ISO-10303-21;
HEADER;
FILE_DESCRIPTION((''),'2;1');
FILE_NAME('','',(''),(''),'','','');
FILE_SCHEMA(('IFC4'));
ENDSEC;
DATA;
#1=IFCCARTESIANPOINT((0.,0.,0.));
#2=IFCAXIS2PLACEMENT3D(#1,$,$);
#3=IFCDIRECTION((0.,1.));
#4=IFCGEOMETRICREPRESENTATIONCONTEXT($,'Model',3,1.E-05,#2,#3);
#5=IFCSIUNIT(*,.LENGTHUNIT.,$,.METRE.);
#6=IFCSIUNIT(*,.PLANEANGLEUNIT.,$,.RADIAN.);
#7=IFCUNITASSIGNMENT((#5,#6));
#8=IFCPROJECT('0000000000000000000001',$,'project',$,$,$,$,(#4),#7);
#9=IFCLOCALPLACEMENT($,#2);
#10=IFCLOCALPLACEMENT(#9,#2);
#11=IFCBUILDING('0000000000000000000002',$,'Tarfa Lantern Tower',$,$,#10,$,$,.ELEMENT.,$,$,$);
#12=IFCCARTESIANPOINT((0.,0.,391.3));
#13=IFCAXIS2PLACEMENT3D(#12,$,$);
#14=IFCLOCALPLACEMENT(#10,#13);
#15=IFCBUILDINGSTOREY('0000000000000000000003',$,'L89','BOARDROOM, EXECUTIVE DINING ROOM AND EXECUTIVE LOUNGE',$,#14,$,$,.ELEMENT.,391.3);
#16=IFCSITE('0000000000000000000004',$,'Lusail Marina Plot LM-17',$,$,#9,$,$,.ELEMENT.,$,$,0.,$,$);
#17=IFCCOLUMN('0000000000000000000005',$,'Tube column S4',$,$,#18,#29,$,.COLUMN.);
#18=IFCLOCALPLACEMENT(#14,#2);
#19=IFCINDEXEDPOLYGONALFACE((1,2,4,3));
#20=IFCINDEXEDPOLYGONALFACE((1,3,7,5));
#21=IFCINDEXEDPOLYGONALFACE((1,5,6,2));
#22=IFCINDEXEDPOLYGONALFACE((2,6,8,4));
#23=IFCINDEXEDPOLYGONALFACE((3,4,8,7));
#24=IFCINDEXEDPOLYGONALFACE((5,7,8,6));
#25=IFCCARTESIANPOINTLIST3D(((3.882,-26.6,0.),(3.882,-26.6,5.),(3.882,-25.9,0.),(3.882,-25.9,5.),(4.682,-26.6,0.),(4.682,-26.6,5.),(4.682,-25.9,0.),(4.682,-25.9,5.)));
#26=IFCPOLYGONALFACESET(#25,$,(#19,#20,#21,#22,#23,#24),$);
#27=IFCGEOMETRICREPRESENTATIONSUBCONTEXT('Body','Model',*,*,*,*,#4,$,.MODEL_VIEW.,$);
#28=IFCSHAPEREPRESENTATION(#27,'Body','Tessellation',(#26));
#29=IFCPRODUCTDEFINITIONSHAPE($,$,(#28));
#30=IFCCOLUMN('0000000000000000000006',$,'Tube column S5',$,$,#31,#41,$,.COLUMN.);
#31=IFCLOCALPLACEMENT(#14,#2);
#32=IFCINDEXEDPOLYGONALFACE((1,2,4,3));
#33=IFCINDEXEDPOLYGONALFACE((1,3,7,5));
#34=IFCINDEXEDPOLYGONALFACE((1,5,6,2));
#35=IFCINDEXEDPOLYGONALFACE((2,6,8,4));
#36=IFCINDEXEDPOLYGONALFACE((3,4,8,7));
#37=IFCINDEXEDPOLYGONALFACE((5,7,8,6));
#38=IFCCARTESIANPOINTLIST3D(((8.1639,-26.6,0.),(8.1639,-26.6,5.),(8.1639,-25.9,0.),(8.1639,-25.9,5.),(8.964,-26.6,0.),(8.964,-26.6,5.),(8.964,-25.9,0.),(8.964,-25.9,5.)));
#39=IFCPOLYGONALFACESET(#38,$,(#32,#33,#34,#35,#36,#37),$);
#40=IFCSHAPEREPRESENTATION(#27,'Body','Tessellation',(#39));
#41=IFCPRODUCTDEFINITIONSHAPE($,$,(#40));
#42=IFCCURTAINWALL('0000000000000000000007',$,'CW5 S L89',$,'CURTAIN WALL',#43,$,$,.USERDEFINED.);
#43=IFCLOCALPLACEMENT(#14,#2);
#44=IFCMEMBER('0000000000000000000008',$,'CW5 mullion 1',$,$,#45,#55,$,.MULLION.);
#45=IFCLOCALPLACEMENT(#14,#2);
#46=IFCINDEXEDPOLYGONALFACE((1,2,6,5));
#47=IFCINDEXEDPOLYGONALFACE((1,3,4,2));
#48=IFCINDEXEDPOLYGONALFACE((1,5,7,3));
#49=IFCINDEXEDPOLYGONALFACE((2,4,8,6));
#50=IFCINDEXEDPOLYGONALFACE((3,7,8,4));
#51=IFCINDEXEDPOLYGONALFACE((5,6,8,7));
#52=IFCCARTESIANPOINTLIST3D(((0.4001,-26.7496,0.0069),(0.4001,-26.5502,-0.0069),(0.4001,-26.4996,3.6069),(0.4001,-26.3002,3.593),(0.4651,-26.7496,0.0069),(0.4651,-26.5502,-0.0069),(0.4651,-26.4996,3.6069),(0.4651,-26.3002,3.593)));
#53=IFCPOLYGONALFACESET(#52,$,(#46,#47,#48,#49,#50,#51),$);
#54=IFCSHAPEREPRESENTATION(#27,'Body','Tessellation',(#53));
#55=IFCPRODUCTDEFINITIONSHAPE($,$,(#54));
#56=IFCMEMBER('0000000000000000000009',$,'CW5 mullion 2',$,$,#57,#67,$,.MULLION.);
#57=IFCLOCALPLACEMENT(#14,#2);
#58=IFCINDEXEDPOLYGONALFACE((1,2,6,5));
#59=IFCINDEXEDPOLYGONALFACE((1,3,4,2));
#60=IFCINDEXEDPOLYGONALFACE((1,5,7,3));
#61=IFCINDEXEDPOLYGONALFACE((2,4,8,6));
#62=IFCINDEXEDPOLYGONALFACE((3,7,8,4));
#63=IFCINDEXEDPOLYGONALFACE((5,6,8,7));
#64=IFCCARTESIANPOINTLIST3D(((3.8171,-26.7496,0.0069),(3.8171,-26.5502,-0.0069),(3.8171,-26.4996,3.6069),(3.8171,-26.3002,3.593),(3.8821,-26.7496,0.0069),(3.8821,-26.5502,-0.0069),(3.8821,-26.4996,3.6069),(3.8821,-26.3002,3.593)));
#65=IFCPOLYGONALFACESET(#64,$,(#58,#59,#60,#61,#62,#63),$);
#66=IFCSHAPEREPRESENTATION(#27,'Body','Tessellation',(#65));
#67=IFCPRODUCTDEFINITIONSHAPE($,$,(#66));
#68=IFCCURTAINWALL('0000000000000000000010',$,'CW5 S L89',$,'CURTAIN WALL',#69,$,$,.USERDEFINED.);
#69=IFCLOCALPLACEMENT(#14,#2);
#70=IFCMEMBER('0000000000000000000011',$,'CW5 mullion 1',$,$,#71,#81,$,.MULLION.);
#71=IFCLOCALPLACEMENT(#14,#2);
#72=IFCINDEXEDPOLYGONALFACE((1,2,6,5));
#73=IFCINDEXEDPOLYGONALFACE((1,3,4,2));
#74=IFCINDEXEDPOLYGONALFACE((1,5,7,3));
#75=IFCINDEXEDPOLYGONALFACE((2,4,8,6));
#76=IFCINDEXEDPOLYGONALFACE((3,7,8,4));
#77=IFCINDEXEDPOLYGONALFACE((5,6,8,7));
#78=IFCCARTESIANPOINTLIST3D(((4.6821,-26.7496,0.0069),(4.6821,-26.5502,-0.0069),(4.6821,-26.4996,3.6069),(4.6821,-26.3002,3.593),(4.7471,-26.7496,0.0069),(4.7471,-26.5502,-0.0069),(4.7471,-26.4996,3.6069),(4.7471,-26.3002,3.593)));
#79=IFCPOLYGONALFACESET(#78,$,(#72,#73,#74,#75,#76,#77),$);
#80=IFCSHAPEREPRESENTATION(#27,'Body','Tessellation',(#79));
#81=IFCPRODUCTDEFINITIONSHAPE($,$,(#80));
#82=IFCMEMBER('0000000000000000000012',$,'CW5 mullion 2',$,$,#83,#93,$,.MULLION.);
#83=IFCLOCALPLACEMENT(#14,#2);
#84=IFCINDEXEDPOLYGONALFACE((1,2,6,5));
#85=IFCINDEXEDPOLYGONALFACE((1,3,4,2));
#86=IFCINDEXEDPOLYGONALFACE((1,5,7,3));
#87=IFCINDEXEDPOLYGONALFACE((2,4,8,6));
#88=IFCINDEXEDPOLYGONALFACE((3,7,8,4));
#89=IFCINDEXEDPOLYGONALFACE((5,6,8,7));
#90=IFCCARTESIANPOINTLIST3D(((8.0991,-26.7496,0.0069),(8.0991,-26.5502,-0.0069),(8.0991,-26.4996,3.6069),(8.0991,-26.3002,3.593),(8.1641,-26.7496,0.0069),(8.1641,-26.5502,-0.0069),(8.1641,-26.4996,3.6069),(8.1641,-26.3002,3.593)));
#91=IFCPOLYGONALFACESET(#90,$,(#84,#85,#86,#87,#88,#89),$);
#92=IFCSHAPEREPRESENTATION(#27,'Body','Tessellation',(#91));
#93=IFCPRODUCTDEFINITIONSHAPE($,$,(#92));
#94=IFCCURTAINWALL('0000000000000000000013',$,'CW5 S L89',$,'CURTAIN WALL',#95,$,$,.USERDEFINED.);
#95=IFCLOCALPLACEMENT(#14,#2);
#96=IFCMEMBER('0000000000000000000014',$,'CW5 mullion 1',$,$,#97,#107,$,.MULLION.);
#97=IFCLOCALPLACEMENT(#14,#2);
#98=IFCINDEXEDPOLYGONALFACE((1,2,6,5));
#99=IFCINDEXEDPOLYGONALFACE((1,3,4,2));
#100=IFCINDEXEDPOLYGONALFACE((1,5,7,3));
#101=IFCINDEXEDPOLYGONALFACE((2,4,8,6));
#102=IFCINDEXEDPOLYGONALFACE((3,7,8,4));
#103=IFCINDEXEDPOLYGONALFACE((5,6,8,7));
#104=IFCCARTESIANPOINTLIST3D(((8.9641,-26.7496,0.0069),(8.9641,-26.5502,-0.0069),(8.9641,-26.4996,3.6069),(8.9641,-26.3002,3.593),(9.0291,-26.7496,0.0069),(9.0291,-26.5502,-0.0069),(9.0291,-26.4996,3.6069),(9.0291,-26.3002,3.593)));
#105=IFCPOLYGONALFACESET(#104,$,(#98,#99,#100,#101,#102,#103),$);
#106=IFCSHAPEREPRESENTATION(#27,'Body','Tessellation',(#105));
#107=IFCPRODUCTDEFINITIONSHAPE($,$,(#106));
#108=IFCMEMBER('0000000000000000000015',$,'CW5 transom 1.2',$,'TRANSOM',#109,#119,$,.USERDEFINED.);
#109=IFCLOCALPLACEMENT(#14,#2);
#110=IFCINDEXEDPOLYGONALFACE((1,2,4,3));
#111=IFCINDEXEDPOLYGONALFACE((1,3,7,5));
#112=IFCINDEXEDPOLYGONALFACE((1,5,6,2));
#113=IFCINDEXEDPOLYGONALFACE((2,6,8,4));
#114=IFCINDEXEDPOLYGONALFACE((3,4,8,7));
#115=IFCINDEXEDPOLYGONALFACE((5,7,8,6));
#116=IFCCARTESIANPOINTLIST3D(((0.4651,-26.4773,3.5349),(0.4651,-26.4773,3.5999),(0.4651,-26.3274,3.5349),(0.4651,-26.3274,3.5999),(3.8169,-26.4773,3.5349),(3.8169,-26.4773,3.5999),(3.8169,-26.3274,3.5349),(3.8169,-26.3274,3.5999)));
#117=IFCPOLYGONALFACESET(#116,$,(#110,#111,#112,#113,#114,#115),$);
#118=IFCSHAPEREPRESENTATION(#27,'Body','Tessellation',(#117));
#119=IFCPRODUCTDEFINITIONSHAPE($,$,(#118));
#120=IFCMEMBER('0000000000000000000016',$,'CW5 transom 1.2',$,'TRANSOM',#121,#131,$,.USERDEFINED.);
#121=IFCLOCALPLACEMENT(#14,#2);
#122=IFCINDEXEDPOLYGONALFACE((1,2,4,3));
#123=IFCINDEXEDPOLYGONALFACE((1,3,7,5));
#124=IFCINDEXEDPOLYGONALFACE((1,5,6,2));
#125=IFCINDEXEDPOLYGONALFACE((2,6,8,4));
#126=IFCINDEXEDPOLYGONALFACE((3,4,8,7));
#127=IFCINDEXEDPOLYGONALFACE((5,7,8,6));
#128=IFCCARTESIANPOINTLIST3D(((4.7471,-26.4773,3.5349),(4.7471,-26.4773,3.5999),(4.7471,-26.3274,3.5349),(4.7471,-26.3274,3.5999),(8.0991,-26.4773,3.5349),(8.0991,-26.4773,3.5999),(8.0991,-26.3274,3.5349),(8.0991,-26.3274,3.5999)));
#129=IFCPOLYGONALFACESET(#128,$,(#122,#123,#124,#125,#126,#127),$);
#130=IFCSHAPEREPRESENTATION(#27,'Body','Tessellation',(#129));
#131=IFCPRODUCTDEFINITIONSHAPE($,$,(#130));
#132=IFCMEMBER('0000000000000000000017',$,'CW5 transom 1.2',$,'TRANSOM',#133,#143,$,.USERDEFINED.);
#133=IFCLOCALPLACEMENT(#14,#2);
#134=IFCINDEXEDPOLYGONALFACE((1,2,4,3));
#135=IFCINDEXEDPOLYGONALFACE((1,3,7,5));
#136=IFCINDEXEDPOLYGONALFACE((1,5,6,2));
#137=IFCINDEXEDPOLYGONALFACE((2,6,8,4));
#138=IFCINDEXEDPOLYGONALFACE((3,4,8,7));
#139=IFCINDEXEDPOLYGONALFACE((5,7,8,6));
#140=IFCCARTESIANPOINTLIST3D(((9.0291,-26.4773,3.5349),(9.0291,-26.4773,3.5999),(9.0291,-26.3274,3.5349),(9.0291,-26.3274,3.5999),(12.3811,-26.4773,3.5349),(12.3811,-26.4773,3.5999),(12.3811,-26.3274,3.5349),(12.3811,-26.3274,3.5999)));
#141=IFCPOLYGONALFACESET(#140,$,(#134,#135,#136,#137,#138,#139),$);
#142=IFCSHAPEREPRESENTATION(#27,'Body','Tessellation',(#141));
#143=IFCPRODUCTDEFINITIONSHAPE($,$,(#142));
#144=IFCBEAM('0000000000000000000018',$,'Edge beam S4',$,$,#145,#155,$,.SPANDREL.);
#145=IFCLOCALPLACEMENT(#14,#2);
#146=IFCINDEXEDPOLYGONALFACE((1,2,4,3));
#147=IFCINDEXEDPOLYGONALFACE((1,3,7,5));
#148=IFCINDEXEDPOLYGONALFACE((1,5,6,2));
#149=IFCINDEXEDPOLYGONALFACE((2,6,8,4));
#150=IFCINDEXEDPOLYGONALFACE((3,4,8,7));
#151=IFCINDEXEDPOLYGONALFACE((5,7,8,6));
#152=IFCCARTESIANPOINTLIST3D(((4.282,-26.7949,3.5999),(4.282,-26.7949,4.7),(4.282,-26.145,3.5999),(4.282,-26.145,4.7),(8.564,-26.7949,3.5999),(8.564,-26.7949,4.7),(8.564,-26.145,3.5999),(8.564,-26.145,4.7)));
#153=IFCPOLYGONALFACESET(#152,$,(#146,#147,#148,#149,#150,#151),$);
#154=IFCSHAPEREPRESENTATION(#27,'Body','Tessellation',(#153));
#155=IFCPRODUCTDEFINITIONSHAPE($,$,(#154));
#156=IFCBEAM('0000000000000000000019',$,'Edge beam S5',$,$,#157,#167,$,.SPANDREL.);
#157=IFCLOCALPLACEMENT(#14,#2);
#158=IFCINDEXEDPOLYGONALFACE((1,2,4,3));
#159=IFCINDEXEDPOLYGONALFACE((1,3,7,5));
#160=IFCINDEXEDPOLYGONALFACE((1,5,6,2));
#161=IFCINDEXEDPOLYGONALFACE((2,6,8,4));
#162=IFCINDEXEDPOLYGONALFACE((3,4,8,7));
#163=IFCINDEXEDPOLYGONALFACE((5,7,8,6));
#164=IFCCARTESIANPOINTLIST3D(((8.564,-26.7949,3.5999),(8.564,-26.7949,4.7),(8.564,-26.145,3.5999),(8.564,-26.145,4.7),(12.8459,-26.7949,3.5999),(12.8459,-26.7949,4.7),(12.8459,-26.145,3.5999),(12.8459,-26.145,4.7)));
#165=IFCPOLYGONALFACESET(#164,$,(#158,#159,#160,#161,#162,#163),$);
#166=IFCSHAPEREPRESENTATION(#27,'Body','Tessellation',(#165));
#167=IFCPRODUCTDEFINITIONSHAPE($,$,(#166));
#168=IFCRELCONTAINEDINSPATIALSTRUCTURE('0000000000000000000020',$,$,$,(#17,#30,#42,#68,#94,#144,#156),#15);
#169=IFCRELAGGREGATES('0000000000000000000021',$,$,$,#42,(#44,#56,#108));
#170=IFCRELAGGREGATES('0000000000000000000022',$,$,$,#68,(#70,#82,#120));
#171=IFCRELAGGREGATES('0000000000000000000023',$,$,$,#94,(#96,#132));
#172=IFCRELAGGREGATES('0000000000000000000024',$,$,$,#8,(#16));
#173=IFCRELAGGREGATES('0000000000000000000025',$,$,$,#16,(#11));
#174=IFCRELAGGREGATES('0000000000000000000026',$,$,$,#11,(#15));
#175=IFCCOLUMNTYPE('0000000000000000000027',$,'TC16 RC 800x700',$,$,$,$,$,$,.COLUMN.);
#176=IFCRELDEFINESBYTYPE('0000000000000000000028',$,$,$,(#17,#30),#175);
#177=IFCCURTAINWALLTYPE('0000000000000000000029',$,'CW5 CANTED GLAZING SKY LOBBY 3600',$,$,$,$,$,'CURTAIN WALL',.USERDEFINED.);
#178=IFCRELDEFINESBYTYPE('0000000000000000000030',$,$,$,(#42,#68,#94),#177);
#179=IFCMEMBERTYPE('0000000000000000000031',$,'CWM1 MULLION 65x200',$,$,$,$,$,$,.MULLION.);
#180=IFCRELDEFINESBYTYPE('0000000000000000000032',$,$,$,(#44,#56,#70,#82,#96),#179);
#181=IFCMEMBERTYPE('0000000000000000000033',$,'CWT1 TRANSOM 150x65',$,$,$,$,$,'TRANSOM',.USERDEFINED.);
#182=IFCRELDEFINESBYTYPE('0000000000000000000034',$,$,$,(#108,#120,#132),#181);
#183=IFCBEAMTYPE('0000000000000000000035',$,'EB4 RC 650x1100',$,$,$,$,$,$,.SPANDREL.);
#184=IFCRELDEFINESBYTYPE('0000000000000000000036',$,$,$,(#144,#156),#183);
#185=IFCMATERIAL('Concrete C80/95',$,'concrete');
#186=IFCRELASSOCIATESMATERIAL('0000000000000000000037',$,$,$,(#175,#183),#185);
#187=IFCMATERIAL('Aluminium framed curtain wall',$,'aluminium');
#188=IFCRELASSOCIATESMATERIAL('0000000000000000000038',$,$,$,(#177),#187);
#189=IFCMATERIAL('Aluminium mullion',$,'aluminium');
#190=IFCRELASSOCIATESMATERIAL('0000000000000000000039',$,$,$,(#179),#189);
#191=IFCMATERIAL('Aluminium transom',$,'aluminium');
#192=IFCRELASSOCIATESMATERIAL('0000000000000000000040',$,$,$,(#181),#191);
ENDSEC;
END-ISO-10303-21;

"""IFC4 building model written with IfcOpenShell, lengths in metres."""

from ifc_helpers import new_model, si_unit, direction, frame, origin, origin_2d, place, context, subcontext, project, spatial, rectangle, extrude, material, material_profile, profile_set, type_object, element, aggregate, save


model = new_model("IFC4")

# Units and contexts
model_context = context("Model", 3, precision=1e-05, world=origin(), true_north=direction((0.0, 1.0)))
body_context = subcontext(model_context, "Body", "Model", "MODEL_VIEW")
ifc_project = project(units=[si_unit("LENGTHUNIT", "METRE"), si_unit("PLANEANGLEUNIT", "RADIAN")], contexts=[model_context])

# Site, building, storey
site_placement = place(None, origin())
site = spatial("IfcSite", under=ifc_project, at=site_placement, Name="Lusail Marina Plot LM-17", CompositionType="ELEMENT", RefElevation=0.0)
building_placement = place(site_placement, origin())
building = spatial("IfcBuilding", under=site, at=building_placement, Name="Tarfa Lantern Tower", CompositionType="ELEMENT")
storey_placement = place(building_placement, frame((0.0, 0.0, 391.3)))
storey = spatial("IfcBuildingStorey", under=building, at=storey_placement, Name="L89", Description="BOARDROOM, EXECUTIVE DINING ROOM AND EXECUTIVE LOUNGE", CompositionType="ELEMENT", Elevation=391.3)

# Columns
ifc_material_1 = material(Name="Concrete C80/95", Category="concrete")
ifc_material_profile_1 = material_profile(ifc_material_1, rectangle(XDim=0.8, YDim=0.7, at=origin_2d()), Name="RC 800x700")
ifc_profile_set_1 = profile_set([ifc_material_profile_1], Name="Concrete C80/95")
column_type = type_object("IfcColumnType", Name="TC16 RC 800x700", PredefinedType="COLUMN", material=ifc_profile_set_1)
for number, where, z_axis, x_axis, name in (
    (1, (4.282, -26.25, 0.0), (0.0, 0.0, 1.0), (1.0, 0.0, 0.0), "Tube column S4"),
    (2, (8.564, -26.25, 0.0), (0.0, 0.0, 1.0), (1.0, 0.0, 0.0), "Tube column S5"),
):
    element("IfcColumn", number, at=place(storey_placement, frame(where, z_axis=z_axis, x_axis=x_axis)), inside=storey, type_object=column_type, Name=name, PredefinedType="COLUMN", context=body_context, shape_type="SweptSolid", body=[
        extrude(rectangle(XDim=0.8, YDim=0.7, at=origin_2d()), origin(), (0.0, 0.0, 1.0), 5.0),
    ])

# Curtain walls, members
ifc_material_2 = material(Name="Aluminium framed curtain wall", Category="aluminium")
curtain_wall_type = type_object("IfcCurtainWallType", Name="CW5 CANTED GLAZING SKY LOBBY 3600", ElementType="CURTAIN WALL", PredefinedType="USERDEFINED", material=ifc_material_2)
curtain_wall_1_placement = place(storey_placement, origin())
curtain_wall_1 = element("IfcCurtainWall", 3, at=curtain_wall_1_placement, inside=storey, type_object=curtain_wall_type, Name="CW5 S L89", ObjectType="CURTAIN WALL", PredefinedType="USERDEFINED")
ifc_material_3 = material(Name="Aluminium mullion", Category="aluminium")
ifc_material_profile_2 = material_profile(ifc_material_3, rectangle(XDim=0.0649, YDim=0.2, at=origin_2d()), Name="AL MULLION 65x200")
ifc_profile_set_2 = profile_set([ifc_material_profile_2], Name="Aluminium mullion")
member_type_1 = type_object("IfcMemberType", Name="CWM1 MULLION 65x200", PredefinedType="MULLION", material=ifc_profile_set_2)
member_1_placement = place(storey_placement, frame((0.4326, -26.6499, 0.0), z_axis=(0.0, 0.06928, 0.997597), x_axis=(-1.0, 0.0, 0.0)))
member_1 = element("IfcMember", 4, at=member_1_placement, type_object=member_type_1, Name="CW5 mullion 1", PredefinedType="MULLION", context=body_context, shape_type="SweptSolid", body=[
    extrude(rectangle(XDim=0.0649, YDim=0.2, at=origin_2d()), origin(), (0.0, 0.0, 1.0), 3.6086),
])
member_2_placement = place(storey_placement, frame((3.8496, -26.6499, 0.0), z_axis=(0.0, 0.06928, 0.997597), x_axis=(-1.0, 0.0, 0.0)))
member_2 = element("IfcMember", 5, at=member_2_placement, type_object=member_type_1, Name="CW5 mullion 2", PredefinedType="MULLION", context=body_context, shape_type="SweptSolid", body=[
    extrude(rectangle(XDim=0.0649, YDim=0.2, at=origin_2d()), origin(), (0.0, 0.0, 1.0), 3.6086),
])
curtain_wall_2_placement = place(storey_placement, origin())
curtain_wall_2 = element("IfcCurtainWall", 6, at=curtain_wall_2_placement, inside=storey, type_object=curtain_wall_type, Name="CW5 S L89", ObjectType="CURTAIN WALL", PredefinedType="USERDEFINED")
member_3_placement = place(storey_placement, frame((4.7146, -26.6499, 0.0), z_axis=(0.0, 0.06928, 0.997597), x_axis=(-1.0, 0.0, 0.0)))
member_3 = element("IfcMember", 7, at=member_3_placement, type_object=member_type_1, Name="CW5 mullion 1", PredefinedType="MULLION", context=body_context, shape_type="SweptSolid", body=[
    extrude(rectangle(XDim=0.0649, YDim=0.2, at=origin_2d()), origin(), (0.0, 0.0, 1.0), 3.6086),
])
member_4_placement = place(storey_placement, frame((8.1316, -26.6499, 0.0), z_axis=(0.0, 0.06928, 0.997597), x_axis=(-1.0, 0.0, 0.0)))
member_4 = element("IfcMember", 8, at=member_4_placement, type_object=member_type_1, Name="CW5 mullion 2", PredefinedType="MULLION", context=body_context, shape_type="SweptSolid", body=[
    extrude(rectangle(XDim=0.0649, YDim=0.2, at=origin_2d()), origin(), (0.0, 0.0, 1.0), 3.6086),
])

# Curtain wall, member
curtain_wall_3_placement = place(storey_placement, origin())
curtain_wall_3 = element("IfcCurtainWall", 9, at=curtain_wall_3_placement, inside=storey, type_object=curtain_wall_type, Name="CW5 S L89", ObjectType="CURTAIN WALL", PredefinedType="USERDEFINED")
member_5_placement = place(storey_placement, frame((8.9966, -26.6499, 0.0), z_axis=(0.0, 0.06928, 0.997597), x_axis=(-1.0, 0.0, 0.0)))
member_5 = element("IfcMember", 10, at=member_5_placement, type_object=member_type_1, Name="CW5 mullion 1", PredefinedType="MULLION", context=body_context, shape_type="SweptSolid", body=[
    extrude(rectangle(XDim=0.0649, YDim=0.2, at=origin_2d()), origin(), (0.0, 0.0, 1.0), 3.6086),
])

# Members
ifc_material_4 = material(Name="Aluminium transom", Category="aluminium")
ifc_material_profile_3 = material_profile(ifc_material_4, rectangle(XDim=0.1499, YDim=0.0649, at=origin_2d()), Name="AL TRANSOM 150x65")
ifc_profile_set_3 = profile_set([ifc_material_profile_3], Name="Aluminium transom")
member_type_2 = type_object("IfcMemberType", Name="CWT1 TRANSOM 150x65", ElementType="TRANSOM", PredefinedType="USERDEFINED", material=ifc_profile_set_3)
member_6_placement = place(storey_placement, frame((0.4651, -26.4023, 3.5674), z_axis=(1.0, 0.0, 0.0), x_axis=(0.0, 1.0, 0.0)))
member_6 = element("IfcMember", 11, at=member_6_placement, type_object=member_type_2, Name="CW5 transom 1.2", ObjectType="TRANSOM", PredefinedType="USERDEFINED", context=body_context, shape_type="SweptSolid", body=[
    extrude(rectangle(XDim=0.1499, YDim=0.0649, at=origin_2d()), origin(), (0.0, 0.0, 1.0), 3.3518),
])
member_7_placement = place(storey_placement, frame((4.7471, -26.4023, 3.5674), z_axis=(1.0, 0.0, 0.0), x_axis=(0.0, 1.0, 0.0)))
member_7 = element("IfcMember", 12, at=member_7_placement, type_object=member_type_2, Name="CW5 transom 1.2", ObjectType="TRANSOM", PredefinedType="USERDEFINED", context=body_context, shape_type="SweptSolid", body=[
    extrude(rectangle(XDim=0.1499, YDim=0.0649, at=origin_2d()), origin(), (0.0, 0.0, 1.0), 3.3521),
])
member_8_placement = place(storey_placement, frame((9.0291, -26.4023, 3.5674), z_axis=(1.0, 0.0, 0.0), x_axis=(0.0, 1.0, 0.0)))
member_8 = element("IfcMember", 13, at=member_8_placement, type_object=member_type_2, Name="CW5 transom 1.2", ObjectType="TRANSOM", PredefinedType="USERDEFINED", context=body_context, shape_type="SweptSolid", body=[
    extrude(rectangle(XDim=0.1499, YDim=0.0649, at=origin_2d()), origin(), (0.0, 0.0, 1.0), 3.3521),
])

# Beams
ifc_material_profile_4 = material_profile(ifc_material_1, rectangle(XDim=0.6499, YDim=1.1001, at=origin_2d()), Name="RC 650x1100")
ifc_profile_set_4 = profile_set([ifc_material_profile_4], Name="Concrete C80/95")
beam_type_1 = type_object("IfcBeamType", Name="EB4 RC 650x1100", PredefinedType="SPANDREL", material=ifc_profile_set_4)
for number, where, z_axis, x_axis, name in (
    (14, (4.282, -26.47, 4.1499), (1.0, 0.0, 0.0), (0.0, 1.0, 0.0), "Edge beam S4"),
    (15, (8.564, -26.47, 4.1499), (1.0, 0.0, 0.0), (0.0, 1.0, 0.0), "Edge beam S5"),
):
    element("IfcBeam", number, at=place(storey_placement, frame(where, z_axis=z_axis, x_axis=x_axis)), inside=storey, type_object=beam_type_1, Name=name, PredefinedType="SPANDREL", context=body_context, shape_type="SweptSolid", body=[
        extrude(rectangle(XDim=0.6499, YDim=1.1001, at=origin_2d()), origin(), (0.0, 0.0, 1.0), 4.282),
    ])

aggregate(curtain_wall_1, [member_1, member_2, member_6])
aggregate(curtain_wall_2, [member_3, member_4, member_7])
aggregate(curtain_wall_3, [member_5, member_8])

save(model, "model.ifc")
